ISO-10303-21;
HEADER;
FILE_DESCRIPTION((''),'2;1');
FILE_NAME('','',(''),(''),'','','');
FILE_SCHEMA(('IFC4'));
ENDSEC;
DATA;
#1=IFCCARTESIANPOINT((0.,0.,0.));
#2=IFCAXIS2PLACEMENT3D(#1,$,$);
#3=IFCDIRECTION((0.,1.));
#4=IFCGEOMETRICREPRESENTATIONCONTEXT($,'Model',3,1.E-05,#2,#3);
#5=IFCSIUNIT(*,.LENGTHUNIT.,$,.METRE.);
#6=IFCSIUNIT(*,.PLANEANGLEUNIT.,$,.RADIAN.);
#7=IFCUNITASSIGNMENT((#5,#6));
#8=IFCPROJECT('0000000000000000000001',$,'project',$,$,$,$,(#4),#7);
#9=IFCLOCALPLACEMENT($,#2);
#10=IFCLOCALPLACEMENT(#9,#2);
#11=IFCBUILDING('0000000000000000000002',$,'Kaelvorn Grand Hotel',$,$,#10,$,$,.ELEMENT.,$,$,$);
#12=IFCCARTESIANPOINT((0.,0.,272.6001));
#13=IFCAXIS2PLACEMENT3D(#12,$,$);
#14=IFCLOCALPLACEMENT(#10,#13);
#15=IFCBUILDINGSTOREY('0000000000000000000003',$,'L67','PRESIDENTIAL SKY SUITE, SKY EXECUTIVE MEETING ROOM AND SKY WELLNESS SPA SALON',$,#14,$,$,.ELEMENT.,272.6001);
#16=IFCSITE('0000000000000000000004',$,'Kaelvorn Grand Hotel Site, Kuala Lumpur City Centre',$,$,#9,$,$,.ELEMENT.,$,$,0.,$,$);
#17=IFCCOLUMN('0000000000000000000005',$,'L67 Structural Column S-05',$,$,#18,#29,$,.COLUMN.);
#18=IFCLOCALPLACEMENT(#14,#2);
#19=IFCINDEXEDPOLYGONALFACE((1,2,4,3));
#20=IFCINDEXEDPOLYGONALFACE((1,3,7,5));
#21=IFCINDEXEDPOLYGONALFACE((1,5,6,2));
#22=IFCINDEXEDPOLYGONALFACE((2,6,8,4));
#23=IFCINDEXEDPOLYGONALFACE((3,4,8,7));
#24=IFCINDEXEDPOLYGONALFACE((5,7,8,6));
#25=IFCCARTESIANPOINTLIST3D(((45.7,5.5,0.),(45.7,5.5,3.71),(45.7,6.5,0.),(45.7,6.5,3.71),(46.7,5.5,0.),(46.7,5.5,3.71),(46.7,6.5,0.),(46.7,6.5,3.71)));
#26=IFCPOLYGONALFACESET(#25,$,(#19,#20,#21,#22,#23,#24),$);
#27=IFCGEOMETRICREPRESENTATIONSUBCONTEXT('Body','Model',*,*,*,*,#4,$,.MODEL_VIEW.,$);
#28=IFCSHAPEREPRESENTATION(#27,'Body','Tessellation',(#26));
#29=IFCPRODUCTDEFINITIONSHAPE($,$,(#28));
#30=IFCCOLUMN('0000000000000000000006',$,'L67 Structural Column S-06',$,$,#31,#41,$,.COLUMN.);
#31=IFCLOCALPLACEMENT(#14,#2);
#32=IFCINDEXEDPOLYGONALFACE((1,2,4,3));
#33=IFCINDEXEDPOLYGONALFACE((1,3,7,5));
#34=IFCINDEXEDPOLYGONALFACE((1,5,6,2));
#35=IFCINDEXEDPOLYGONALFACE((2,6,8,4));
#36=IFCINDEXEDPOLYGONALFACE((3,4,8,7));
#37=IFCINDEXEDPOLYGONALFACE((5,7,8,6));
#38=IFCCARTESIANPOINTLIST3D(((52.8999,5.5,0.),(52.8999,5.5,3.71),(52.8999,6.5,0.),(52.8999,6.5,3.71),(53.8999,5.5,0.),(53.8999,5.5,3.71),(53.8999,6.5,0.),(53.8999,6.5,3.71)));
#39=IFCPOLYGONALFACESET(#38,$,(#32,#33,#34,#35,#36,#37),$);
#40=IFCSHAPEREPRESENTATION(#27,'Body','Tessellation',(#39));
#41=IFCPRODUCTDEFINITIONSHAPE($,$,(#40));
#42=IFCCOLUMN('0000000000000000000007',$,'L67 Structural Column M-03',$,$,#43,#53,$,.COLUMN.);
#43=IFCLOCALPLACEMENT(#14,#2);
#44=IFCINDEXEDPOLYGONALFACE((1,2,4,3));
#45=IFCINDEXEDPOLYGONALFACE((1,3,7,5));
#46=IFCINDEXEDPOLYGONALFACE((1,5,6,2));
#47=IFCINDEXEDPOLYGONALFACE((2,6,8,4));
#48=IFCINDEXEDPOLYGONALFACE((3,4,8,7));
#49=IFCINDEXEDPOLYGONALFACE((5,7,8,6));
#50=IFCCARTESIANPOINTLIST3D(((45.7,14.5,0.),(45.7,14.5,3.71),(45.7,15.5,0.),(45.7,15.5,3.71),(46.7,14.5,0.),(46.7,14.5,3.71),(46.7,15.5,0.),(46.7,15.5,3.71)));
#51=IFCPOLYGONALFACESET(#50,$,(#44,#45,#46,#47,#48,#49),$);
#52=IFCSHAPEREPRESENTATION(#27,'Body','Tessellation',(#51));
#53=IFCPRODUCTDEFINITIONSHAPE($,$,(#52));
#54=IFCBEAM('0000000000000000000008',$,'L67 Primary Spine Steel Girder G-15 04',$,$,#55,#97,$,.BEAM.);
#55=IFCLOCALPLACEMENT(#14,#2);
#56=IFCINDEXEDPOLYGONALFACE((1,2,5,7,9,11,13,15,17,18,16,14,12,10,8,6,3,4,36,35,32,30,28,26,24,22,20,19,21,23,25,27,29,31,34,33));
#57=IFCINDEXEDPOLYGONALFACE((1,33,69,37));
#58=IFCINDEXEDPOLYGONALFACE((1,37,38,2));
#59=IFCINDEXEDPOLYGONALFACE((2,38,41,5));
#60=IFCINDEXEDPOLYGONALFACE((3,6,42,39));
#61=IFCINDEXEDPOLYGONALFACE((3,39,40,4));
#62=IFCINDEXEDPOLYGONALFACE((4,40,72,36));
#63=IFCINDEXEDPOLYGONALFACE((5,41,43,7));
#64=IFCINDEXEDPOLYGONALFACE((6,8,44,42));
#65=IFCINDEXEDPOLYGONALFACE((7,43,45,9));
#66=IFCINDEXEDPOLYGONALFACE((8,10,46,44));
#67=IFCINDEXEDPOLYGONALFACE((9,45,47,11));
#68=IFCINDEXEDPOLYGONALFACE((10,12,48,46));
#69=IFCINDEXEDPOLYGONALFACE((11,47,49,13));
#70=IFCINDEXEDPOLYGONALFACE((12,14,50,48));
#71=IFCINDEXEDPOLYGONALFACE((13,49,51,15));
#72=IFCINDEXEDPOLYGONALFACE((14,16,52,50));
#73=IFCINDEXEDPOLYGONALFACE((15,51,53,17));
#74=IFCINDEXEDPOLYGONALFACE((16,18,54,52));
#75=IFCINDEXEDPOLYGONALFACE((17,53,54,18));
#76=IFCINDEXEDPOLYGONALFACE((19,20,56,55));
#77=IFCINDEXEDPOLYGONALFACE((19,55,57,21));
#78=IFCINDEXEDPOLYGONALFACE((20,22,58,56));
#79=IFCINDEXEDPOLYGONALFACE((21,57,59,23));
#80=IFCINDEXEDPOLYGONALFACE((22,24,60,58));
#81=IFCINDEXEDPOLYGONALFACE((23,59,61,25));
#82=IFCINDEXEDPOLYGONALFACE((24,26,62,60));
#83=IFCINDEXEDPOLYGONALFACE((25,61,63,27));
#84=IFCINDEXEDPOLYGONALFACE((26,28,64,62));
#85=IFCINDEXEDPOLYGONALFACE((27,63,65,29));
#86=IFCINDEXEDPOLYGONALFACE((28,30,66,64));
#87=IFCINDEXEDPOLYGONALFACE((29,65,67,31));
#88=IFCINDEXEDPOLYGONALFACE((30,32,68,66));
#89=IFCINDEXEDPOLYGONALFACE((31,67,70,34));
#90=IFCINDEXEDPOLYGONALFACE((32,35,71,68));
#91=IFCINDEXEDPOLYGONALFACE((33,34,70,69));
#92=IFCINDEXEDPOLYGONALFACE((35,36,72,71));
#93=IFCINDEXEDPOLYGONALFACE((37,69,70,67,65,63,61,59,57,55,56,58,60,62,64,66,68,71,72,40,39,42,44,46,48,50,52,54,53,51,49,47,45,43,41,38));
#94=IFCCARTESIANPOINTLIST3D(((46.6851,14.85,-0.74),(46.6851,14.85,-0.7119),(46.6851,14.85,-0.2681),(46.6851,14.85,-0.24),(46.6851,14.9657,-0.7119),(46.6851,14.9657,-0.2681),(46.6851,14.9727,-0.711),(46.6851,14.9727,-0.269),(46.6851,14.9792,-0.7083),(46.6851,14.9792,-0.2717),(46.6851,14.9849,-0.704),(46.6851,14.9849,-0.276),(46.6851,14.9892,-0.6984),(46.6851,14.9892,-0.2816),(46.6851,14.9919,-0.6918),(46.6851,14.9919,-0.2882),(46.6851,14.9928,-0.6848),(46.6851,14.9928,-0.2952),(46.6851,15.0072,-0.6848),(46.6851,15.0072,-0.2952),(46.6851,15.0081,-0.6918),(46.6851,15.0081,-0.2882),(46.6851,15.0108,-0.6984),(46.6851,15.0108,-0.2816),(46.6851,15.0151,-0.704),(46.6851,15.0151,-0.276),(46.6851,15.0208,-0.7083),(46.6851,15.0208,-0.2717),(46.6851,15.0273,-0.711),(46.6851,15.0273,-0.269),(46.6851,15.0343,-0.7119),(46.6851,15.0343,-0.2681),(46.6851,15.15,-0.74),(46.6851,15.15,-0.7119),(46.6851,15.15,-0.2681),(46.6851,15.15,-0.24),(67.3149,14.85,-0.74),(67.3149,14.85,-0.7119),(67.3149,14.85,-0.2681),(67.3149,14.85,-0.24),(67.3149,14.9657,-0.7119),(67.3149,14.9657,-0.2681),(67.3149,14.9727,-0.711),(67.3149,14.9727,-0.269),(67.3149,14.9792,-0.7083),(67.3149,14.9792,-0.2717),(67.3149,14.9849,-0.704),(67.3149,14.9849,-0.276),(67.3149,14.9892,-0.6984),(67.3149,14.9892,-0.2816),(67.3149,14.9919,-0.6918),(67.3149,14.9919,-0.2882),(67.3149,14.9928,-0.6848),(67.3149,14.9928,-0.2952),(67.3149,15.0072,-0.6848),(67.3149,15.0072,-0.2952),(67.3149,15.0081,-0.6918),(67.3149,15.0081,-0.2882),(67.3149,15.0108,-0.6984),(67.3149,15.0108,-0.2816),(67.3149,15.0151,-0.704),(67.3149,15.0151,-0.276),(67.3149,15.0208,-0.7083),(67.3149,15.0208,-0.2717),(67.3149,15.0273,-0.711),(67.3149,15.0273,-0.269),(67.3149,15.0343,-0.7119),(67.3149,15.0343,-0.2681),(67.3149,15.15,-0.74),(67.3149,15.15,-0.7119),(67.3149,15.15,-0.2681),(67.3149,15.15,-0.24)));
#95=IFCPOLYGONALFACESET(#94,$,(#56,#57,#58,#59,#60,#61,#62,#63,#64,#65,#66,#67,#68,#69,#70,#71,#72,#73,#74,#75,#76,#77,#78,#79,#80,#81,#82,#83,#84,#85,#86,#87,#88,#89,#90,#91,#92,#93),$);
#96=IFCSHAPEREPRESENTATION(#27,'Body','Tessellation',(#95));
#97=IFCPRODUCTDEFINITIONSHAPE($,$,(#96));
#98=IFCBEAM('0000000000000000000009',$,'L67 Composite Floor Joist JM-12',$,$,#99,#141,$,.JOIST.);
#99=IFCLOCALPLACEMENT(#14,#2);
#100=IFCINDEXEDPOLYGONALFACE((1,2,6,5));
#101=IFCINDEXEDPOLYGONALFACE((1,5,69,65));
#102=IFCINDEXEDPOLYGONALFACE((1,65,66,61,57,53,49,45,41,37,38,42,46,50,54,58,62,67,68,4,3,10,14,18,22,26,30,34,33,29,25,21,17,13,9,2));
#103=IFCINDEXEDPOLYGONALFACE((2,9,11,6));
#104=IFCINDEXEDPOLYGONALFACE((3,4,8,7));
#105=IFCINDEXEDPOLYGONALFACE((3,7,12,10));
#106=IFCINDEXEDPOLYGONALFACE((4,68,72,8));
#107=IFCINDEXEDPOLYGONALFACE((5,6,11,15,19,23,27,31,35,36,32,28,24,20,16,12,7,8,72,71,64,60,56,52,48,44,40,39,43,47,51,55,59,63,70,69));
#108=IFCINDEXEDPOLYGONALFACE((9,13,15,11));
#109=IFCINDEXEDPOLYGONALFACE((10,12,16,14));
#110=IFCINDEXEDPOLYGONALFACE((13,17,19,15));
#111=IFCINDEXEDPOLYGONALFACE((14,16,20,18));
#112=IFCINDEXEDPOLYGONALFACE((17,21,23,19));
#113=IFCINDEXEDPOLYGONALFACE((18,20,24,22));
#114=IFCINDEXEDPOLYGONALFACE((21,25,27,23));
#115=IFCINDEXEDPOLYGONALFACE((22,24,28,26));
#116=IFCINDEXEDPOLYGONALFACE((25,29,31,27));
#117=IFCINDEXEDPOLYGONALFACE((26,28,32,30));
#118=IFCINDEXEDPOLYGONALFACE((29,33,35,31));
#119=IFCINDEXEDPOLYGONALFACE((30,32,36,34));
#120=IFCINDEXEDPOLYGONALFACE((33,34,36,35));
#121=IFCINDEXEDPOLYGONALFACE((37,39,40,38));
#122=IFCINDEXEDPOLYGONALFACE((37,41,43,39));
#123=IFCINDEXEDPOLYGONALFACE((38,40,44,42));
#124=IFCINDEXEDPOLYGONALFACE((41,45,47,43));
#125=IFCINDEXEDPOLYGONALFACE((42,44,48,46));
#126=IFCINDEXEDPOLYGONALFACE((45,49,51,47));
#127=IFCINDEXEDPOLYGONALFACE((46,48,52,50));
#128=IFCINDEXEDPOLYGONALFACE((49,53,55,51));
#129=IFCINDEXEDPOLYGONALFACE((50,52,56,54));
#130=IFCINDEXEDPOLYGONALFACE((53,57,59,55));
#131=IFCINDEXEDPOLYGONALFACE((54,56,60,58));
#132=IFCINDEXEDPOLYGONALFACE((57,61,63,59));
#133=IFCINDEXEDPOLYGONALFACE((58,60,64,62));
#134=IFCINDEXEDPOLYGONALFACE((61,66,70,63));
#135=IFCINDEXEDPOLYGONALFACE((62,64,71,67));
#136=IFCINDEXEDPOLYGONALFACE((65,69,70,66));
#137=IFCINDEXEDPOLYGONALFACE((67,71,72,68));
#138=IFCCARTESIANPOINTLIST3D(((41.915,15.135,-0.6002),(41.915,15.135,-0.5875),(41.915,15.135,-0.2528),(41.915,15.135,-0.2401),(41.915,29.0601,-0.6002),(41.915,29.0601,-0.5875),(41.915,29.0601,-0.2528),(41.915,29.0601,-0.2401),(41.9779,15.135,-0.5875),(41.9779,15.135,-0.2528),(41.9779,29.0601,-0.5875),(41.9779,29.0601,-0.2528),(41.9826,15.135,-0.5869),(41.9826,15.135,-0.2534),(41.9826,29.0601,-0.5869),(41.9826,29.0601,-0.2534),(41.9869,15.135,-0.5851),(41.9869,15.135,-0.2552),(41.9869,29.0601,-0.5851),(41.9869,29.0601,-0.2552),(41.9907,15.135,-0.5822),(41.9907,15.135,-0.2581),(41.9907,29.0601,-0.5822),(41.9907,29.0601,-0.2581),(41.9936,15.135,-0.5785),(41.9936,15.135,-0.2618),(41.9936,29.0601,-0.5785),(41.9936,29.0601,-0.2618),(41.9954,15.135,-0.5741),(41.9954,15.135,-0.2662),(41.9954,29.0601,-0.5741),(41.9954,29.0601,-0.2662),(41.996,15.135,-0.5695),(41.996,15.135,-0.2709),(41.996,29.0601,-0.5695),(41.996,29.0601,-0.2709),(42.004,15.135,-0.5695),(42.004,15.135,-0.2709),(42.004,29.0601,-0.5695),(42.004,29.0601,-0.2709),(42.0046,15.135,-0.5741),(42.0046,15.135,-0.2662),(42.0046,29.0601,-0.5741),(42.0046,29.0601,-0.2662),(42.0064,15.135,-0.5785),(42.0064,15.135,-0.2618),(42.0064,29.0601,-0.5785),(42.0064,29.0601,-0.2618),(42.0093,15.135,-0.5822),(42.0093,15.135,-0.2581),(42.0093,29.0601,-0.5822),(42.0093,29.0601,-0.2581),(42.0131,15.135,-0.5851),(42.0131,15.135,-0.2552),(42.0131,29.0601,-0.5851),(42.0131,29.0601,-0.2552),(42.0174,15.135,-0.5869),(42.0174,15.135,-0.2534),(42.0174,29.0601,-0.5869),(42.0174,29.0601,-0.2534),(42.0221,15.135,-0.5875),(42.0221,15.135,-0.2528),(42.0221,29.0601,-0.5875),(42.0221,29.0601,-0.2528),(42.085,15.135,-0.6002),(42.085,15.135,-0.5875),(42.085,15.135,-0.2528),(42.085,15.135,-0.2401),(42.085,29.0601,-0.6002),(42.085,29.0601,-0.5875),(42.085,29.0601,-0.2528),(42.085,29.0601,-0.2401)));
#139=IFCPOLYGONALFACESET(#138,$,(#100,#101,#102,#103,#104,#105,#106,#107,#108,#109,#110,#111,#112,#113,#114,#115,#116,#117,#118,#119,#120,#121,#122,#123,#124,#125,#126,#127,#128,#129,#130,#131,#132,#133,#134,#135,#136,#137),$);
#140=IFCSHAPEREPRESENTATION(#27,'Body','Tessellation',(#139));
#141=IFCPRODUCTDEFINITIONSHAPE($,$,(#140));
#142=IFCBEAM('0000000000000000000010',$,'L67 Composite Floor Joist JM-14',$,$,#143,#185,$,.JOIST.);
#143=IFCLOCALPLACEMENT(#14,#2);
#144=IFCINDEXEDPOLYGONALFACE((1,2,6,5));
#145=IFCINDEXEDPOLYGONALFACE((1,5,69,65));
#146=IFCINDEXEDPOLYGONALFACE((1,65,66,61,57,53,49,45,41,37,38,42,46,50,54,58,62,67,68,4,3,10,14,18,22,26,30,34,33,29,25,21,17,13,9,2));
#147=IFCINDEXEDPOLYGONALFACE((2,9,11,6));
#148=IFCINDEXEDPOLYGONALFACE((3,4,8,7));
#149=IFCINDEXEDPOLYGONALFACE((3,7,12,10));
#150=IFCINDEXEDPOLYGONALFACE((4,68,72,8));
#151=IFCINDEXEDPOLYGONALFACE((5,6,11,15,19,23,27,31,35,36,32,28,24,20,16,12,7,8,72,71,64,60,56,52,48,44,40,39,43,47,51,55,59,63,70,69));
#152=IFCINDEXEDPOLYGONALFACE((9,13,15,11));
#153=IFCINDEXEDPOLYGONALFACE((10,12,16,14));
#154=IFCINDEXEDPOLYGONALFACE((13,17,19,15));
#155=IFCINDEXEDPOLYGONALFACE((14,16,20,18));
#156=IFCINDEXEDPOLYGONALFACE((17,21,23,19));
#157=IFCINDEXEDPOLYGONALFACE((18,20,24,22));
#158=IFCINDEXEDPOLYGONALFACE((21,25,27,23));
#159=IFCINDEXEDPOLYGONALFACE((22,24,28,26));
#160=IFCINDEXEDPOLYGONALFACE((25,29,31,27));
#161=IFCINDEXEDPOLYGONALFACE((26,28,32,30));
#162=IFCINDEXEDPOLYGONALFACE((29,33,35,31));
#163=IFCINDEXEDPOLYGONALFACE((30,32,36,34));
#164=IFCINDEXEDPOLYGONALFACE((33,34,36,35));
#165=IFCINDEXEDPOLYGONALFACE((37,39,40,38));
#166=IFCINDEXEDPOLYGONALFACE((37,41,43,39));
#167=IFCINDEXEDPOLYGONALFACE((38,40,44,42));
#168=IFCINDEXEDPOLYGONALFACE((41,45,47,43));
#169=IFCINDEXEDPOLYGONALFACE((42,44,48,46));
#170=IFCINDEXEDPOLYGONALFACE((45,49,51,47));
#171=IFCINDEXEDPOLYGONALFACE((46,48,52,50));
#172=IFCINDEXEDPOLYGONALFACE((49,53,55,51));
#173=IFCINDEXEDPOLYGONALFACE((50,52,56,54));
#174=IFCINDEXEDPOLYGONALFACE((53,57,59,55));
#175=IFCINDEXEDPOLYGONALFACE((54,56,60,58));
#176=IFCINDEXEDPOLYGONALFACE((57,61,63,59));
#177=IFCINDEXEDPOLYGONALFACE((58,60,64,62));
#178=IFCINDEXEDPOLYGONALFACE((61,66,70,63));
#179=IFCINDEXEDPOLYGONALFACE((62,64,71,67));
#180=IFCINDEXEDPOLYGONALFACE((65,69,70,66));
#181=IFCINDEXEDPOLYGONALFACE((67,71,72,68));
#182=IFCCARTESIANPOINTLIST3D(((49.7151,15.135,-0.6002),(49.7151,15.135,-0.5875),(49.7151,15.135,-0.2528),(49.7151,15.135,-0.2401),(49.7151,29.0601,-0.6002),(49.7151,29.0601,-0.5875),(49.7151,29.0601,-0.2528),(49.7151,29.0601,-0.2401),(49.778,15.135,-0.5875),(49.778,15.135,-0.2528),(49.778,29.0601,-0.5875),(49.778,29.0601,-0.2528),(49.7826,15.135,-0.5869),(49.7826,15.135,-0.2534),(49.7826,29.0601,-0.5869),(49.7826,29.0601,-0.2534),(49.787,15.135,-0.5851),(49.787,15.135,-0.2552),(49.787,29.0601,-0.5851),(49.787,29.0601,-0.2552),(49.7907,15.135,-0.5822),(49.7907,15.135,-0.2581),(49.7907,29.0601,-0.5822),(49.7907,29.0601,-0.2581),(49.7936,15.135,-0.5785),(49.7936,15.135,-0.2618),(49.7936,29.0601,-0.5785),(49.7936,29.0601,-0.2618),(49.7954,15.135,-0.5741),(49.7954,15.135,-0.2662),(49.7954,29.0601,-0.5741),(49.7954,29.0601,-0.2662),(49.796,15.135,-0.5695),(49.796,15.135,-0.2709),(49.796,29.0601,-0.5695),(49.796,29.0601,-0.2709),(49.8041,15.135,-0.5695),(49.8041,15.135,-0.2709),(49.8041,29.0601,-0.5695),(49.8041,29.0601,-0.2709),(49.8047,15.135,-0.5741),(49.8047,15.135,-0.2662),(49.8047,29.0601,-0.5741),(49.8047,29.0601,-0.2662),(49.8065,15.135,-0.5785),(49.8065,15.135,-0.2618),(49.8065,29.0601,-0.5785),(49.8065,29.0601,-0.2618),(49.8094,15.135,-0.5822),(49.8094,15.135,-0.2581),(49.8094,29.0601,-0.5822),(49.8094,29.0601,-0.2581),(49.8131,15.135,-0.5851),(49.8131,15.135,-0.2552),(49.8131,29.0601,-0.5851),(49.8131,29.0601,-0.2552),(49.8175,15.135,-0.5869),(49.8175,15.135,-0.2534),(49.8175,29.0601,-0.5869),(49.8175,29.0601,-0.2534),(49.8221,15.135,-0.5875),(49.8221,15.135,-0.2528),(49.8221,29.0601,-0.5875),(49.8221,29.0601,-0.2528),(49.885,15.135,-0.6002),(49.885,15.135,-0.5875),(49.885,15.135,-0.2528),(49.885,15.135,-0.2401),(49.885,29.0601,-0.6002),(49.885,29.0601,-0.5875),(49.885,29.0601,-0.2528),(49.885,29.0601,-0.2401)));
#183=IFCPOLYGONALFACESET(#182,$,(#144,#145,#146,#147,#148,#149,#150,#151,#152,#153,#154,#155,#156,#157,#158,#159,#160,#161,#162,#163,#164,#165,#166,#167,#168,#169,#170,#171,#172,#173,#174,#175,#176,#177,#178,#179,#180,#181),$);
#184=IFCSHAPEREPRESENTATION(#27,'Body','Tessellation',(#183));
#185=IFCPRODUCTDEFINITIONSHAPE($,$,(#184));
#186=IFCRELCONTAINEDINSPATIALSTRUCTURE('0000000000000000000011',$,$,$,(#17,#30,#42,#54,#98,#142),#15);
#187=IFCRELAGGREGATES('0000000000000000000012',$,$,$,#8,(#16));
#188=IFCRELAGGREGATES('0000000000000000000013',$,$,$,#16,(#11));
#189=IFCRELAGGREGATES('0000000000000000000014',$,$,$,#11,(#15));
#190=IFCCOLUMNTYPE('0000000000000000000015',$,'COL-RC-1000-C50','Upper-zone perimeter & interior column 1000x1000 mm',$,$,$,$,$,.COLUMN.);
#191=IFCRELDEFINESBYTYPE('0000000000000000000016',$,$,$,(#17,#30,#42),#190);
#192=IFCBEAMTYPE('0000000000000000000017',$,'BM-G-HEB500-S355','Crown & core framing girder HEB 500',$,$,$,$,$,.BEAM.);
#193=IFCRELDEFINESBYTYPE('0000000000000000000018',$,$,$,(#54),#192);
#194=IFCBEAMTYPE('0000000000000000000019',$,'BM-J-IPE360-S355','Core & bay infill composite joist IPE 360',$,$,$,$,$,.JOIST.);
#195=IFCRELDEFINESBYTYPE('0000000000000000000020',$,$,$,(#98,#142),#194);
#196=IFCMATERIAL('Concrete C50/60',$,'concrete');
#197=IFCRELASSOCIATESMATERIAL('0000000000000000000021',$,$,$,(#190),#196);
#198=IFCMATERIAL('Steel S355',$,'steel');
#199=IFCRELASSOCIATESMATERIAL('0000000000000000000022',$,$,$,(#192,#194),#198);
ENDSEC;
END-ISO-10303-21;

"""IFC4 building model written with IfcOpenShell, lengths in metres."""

from ifc_helpers import new_model, si_unit, direction, frame, origin, origin_2d, place, context, subcontext, project, spatial, rectangle, i_section, extrude, material, material_profile, profile_set, type_object, element, save


model = new_model("IFC4")

# Units and contexts
model_context = context("Model", 3, precision=1e-05, world=origin(), true_north=direction((0.0, 1.0)))
body_context = subcontext(model_context, "Body", "Model", "MODEL_VIEW")
ifc_project = project(units=[si_unit("LENGTHUNIT", "METRE"), si_unit("PLANEANGLEUNIT", "RADIAN")], contexts=[model_context])

# Site, building, storey
site_placement = place(None, origin())
site = spatial("IfcSite", under=ifc_project, at=site_placement, Name="Kaelvorn Grand Hotel Site, Kuala Lumpur City Centre", CompositionType="ELEMENT", RefElevation=0.0)
building_placement = place(site_placement, origin())
building = spatial("IfcBuilding", under=site, at=building_placement, Name="Kaelvorn Grand Hotel", CompositionType="ELEMENT")
storey_placement = place(building_placement, frame((0.0, 0.0, 272.6001)))
storey = spatial("IfcBuildingStorey", under=building, at=storey_placement, Name="L67", Description="PRESIDENTIAL SKY SUITE, SKY EXECUTIVE MEETING ROOM AND SKY WELLNESS SPA SALON", CompositionType="ELEMENT", Elevation=272.6001)

# Columns
ifc_material_1 = material(Name="Concrete C50/60", Category="concrete")
ifc_material_profile_1 = material_profile(ifc_material_1, rectangle(XDim=1.0, YDim=1.0, at=origin_2d()), Name="RC COL 1000x1000")
ifc_profile_set_1 = profile_set([ifc_material_profile_1], Name="Concrete C50/60")
column_type = type_object("IfcColumnType", Name="COL-RC-1000-C50", Description="Upper-zone perimeter & interior column 1000x1000 mm", PredefinedType="COLUMN", material=ifc_profile_set_1)
for number, where, z_axis, x_axis, name in (
    (1, (46.2, 6.0, 0.0), (0.0, 0.0, 1.0), (1.0, 0.0, 0.0), "L67 Structural Column S-05"),
    (2, (53.3999, 6.0, 0.0), (0.0, 0.0, 1.0), (1.0, 0.0, 0.0), "L67 Structural Column S-06"),
    (3, (46.2, 15.0, 0.0), (0.0, 0.0, 1.0), (1.0, 0.0, 0.0), "L67 Structural Column M-03"),
):
    element("IfcColumn", number, at=place(storey_placement, frame(where, z_axis=z_axis, x_axis=x_axis)), inside=storey, type_object=column_type, Name=name, PredefinedType="COLUMN", context=body_context, shape_type="SweptSolid", body=[
        extrude(rectangle(XDim=1.0, YDim=1.0, at=origin_2d()), origin(), (0.0, 0.0, 1.0), 3.71),
    ])

# Beams
ifc_material_2 = material(Name="Steel S355", Category="steel")
ifc_material_profile_2 = material_profile(ifc_material_2, i_section(OverallWidth=0.3, OverallDepth=0.5, WebThickness=0.0144, FlangeThickness=0.0281, FilletRadius=0.0271, at=origin_2d()), Name="HEB 500")
ifc_profile_set_2 = profile_set([ifc_material_profile_2], Name="Steel S355")
beam_type_1 = type_object("IfcBeamType", Name="BM-G-HEB500-S355", Description="Crown & core framing girder HEB 500", PredefinedType="BEAM", material=ifc_profile_set_2)
beam_1_placement = place(storey_placement, frame((46.6851, 15.0, -0.49), z_axis=(1.0, 0.0, 0.0), x_axis=(0.0, 1.0, 0.0)))
element("IfcBeam", 4, at=beam_1_placement, inside=storey, type_object=beam_type_1, Name="L67 Primary Spine Steel Girder G-15 04", PredefinedType="BEAM", context=body_context, shape_type="SweptSolid", body=[
    extrude(i_section(OverallWidth=0.3, OverallDepth=0.5, WebThickness=0.0144, FlangeThickness=0.0281, FilletRadius=0.0271, at=origin_2d()), origin(), (0.0, 0.0, 1.0), 20.6299),
])
ifc_material_profile_3 = material_profile(ifc_material_2, i_section(OverallWidth=0.1699, OverallDepth=0.3601, WebThickness=0.0081, FlangeThickness=0.0127, FilletRadius=0.0181, at=origin_2d()), Name="IPE 360")
ifc_profile_set_3 = profile_set([ifc_material_profile_3], Name="Steel S355")
beam_type_2 = type_object("IfcBeamType", Name="BM-J-IPE360-S355", Description="Core & bay infill composite joist IPE 360", PredefinedType="JOIST", material=ifc_profile_set_3)
for number, where, z_axis, x_axis, name in (
    (5, (42.0, 15.135, -0.4202), (0.0, 1.0, 0.0), (-1.0, 0.0, 0.0), "L67 Composite Floor Joist JM-12"),
    (6, (49.8, 15.135, -0.4202), (0.0, 1.0, 0.0), (-1.0, 0.0, 0.0), "L67 Composite Floor Joist JM-14"),
):
    element("IfcBeam", number, at=place(storey_placement, frame(where, z_axis=z_axis, x_axis=x_axis)), inside=storey, type_object=beam_type_2, Name=name, PredefinedType="JOIST", context=body_context, shape_type="SweptSolid", body=[
        extrude(i_section(OverallWidth=0.1699, OverallDepth=0.3601, WebThickness=0.0081, FlangeThickness=0.0127, FilletRadius=0.0181, at=origin_2d()), origin(), (0.0, 0.0, 1.0), 13.925),
    ])

save(model, "model.ifc")
